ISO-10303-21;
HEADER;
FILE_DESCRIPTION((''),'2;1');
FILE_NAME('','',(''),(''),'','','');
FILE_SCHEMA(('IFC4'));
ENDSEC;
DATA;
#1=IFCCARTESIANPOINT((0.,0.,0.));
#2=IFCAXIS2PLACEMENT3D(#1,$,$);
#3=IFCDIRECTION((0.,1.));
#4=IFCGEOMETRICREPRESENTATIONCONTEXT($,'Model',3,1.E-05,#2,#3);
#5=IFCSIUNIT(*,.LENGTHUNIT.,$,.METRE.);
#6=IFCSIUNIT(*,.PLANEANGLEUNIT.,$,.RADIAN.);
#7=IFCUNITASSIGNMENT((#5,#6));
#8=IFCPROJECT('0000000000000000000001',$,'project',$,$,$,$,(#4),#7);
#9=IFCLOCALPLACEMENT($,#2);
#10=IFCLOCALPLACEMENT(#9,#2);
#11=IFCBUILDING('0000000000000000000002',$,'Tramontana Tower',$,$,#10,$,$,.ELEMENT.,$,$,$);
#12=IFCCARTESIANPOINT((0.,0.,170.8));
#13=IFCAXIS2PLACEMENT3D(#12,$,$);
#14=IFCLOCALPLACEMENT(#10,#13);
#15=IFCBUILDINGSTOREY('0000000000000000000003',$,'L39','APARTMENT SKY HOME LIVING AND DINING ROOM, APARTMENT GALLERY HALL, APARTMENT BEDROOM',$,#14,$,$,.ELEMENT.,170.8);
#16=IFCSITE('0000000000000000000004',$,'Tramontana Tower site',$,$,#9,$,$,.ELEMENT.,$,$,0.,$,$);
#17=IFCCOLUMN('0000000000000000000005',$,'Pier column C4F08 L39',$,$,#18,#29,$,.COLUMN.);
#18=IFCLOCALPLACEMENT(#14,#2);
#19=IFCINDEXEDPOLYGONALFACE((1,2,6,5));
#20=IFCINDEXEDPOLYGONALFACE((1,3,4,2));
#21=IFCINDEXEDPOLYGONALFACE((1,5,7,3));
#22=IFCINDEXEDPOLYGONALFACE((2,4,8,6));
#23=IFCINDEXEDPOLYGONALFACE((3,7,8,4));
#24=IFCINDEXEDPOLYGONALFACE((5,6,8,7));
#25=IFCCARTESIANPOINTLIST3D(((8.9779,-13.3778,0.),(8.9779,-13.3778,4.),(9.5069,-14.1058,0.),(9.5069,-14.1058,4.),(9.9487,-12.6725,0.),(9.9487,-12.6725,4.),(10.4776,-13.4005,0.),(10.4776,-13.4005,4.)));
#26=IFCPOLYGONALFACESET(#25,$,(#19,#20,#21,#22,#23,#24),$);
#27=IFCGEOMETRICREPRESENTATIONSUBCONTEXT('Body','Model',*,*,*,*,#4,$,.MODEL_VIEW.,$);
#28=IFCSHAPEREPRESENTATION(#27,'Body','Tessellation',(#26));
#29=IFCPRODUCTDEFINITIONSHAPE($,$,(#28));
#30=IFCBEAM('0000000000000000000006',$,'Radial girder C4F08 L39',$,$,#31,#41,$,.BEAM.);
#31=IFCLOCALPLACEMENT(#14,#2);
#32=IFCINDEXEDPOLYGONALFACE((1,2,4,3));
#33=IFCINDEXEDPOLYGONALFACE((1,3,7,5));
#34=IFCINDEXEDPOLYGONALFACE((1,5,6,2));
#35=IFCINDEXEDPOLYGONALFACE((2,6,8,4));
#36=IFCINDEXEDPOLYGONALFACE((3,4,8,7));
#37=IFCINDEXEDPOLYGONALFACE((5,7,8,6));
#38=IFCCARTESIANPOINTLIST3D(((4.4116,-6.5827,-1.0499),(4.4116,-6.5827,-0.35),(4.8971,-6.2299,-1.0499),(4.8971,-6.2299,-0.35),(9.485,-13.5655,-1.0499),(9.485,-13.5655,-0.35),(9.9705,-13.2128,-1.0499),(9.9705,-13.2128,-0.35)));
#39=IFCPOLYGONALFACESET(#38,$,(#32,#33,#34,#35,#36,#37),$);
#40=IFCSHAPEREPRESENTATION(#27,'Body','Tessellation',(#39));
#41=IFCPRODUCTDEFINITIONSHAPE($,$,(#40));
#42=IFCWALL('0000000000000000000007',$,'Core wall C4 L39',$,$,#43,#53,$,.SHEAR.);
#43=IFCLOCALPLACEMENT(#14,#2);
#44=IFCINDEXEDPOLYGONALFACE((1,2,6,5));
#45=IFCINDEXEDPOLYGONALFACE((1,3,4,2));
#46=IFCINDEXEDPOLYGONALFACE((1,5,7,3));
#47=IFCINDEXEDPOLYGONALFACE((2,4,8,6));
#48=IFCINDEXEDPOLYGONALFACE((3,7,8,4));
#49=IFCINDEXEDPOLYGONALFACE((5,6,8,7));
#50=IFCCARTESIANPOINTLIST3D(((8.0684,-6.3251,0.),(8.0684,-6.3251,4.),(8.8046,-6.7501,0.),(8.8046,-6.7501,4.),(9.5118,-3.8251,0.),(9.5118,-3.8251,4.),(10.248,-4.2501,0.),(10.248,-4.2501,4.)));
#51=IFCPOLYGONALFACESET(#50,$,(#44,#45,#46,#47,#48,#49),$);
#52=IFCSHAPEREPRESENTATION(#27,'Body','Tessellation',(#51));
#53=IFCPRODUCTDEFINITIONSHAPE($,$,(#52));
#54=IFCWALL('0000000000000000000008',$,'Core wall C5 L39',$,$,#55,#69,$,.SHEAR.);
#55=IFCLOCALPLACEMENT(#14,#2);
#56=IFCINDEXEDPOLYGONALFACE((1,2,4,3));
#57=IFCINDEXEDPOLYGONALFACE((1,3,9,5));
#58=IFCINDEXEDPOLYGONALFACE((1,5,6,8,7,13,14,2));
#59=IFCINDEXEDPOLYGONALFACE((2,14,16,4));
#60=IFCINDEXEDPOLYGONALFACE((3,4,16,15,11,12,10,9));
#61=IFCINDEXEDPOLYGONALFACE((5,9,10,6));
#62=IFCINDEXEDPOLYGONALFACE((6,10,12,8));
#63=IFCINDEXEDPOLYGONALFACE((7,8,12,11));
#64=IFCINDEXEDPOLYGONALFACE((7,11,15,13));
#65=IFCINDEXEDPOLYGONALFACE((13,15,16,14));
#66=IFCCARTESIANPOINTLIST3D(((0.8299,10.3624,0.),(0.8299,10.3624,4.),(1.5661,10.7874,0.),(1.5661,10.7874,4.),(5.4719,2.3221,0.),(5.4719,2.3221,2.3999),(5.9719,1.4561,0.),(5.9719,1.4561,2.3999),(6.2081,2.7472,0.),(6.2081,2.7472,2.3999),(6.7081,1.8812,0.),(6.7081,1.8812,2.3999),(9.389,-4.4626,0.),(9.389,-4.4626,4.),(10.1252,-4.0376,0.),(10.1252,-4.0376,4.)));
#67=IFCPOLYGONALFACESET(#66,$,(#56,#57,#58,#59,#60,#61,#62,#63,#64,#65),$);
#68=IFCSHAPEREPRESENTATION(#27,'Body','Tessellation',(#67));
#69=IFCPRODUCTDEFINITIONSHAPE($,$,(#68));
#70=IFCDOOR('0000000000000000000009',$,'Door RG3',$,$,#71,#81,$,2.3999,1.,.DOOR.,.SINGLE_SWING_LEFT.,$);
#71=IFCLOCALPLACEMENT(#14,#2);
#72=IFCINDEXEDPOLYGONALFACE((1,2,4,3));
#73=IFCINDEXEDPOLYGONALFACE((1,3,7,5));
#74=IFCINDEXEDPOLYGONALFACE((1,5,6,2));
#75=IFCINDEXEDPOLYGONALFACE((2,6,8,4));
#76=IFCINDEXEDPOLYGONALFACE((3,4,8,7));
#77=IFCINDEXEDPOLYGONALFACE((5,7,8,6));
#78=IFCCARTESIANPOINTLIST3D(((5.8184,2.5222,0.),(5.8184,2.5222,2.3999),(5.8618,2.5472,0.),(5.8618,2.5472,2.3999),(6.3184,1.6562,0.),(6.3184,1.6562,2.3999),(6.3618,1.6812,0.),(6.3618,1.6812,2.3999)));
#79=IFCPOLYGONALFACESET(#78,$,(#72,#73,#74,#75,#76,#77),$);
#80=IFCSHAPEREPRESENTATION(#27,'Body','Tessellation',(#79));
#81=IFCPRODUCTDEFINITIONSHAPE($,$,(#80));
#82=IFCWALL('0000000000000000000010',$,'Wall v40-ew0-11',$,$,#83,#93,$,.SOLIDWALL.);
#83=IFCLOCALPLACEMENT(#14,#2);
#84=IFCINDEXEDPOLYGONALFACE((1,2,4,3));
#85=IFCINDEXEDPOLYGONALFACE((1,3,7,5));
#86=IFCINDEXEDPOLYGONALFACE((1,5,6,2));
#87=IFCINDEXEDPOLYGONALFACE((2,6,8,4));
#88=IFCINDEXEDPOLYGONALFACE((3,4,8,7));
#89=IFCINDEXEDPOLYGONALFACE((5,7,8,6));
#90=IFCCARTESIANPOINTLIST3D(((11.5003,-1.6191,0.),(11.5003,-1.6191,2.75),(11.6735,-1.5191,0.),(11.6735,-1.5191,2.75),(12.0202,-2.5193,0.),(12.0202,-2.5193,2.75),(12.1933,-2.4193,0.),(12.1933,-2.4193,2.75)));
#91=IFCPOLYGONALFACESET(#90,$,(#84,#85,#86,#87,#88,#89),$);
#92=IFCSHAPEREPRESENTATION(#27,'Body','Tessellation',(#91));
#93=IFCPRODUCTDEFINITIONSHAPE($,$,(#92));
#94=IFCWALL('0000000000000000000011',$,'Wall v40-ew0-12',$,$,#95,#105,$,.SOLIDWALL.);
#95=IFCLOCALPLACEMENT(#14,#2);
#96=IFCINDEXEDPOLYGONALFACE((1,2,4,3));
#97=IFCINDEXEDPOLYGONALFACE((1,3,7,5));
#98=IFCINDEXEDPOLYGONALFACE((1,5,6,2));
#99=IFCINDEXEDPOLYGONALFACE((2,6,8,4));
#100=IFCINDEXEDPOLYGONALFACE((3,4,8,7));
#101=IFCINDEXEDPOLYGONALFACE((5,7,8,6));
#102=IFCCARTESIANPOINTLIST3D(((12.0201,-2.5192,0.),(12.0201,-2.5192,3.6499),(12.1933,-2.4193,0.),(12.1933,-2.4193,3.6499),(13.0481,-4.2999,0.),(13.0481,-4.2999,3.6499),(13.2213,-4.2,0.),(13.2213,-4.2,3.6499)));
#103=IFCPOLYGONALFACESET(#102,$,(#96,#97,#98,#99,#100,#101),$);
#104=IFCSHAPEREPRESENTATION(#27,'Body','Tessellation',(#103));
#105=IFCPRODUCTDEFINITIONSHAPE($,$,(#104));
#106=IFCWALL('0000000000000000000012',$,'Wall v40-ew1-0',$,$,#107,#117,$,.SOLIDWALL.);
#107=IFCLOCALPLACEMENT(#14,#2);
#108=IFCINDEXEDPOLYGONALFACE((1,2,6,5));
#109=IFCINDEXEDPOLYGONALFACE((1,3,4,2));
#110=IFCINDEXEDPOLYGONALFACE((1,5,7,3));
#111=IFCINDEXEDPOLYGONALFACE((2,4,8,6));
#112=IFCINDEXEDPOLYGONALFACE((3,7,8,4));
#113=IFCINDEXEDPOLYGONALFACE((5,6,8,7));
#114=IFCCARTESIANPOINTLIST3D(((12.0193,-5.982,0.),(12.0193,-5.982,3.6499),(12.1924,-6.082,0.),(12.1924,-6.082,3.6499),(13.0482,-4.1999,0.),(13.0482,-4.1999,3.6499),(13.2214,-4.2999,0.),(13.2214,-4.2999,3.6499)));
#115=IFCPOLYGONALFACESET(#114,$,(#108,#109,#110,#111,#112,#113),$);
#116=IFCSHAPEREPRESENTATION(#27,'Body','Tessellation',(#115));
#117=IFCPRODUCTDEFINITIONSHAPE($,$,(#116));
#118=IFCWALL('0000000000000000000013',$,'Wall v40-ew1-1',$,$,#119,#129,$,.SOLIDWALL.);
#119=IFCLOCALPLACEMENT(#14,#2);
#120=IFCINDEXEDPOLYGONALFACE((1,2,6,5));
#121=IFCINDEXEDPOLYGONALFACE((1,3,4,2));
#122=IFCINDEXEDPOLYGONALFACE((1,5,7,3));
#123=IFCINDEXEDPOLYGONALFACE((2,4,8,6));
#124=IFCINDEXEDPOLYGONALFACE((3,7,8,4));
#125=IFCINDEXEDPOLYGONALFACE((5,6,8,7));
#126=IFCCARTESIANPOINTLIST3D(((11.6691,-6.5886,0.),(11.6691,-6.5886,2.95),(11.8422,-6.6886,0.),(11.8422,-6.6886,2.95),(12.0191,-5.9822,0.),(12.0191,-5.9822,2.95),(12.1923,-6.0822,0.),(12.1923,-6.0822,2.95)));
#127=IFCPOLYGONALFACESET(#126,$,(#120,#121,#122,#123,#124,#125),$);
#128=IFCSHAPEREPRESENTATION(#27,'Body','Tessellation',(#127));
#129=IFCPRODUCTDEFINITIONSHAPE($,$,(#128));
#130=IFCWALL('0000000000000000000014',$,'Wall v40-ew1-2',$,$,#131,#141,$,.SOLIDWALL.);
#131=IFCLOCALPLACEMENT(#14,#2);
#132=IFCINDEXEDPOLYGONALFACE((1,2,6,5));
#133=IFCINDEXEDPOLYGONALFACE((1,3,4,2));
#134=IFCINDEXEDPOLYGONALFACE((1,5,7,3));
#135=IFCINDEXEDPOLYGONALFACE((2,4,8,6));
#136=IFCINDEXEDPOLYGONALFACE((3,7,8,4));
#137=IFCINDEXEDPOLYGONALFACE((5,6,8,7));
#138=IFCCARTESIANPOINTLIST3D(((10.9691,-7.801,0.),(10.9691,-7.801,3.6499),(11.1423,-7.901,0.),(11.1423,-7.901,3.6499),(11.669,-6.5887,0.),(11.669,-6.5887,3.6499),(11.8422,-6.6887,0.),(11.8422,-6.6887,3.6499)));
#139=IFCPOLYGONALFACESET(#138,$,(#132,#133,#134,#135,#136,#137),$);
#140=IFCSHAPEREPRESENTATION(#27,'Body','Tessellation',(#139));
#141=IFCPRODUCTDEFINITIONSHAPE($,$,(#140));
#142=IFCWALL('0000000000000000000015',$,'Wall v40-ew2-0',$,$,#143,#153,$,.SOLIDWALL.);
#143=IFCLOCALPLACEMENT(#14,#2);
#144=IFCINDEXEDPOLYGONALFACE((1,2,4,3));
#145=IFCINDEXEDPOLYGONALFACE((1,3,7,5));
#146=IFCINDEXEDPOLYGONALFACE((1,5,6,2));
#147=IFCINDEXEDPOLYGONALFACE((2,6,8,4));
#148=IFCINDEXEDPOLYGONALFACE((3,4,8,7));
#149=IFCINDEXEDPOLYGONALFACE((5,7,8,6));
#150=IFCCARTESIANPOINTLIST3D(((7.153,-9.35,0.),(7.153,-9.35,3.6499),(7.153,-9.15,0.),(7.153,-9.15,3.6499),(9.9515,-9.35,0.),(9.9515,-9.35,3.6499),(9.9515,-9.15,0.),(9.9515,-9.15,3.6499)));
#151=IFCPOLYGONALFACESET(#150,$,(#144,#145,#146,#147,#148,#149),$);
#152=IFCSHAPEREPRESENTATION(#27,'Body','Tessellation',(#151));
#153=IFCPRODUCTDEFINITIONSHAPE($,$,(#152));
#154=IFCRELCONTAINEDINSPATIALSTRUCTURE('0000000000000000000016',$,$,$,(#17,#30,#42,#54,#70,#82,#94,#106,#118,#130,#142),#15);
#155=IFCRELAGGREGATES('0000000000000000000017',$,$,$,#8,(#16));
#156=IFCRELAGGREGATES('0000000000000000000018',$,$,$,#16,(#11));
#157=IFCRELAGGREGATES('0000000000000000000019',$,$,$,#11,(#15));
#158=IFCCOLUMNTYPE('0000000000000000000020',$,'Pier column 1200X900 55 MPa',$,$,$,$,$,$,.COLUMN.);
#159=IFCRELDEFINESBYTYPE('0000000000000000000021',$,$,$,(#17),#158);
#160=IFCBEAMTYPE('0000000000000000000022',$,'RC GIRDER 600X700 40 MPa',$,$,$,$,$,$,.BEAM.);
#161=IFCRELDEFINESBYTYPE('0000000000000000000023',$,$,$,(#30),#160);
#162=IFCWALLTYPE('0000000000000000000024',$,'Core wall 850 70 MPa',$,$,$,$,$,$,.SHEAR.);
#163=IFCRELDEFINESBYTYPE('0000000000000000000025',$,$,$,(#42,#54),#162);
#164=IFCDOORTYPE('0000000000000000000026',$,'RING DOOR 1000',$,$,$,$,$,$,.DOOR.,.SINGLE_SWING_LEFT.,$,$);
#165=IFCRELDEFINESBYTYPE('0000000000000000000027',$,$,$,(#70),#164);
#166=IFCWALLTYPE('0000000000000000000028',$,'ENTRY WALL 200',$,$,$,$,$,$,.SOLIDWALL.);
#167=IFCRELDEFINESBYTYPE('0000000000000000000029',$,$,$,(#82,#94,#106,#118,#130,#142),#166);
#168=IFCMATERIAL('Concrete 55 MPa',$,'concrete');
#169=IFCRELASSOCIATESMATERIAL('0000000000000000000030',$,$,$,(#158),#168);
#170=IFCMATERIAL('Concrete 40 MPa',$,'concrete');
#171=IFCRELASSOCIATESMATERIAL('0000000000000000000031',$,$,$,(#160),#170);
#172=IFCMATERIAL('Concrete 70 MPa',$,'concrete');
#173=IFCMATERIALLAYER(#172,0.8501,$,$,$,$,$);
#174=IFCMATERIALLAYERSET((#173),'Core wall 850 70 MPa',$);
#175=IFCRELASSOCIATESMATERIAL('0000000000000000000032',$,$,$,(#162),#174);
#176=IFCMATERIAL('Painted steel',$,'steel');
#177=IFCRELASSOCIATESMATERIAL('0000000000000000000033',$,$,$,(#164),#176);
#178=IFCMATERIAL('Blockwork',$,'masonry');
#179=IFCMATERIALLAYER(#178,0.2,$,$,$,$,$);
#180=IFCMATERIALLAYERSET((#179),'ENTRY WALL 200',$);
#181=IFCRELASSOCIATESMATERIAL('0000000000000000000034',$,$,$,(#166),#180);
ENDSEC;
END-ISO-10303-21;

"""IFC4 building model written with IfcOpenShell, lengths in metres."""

from ifc_helpers import new_model, si_unit, direction, frame, frame_2d, origin, origin_2d, place, context, subcontext, project, spatial, rectangle, extrude, material, layer, layer_set, material_profile, profile_set, type_object, element, fill, save


model = new_model("IFC4")

# Units and contexts
model_context = context("Model", 3, precision=1e-05, world=origin(), true_north=direction((0.0, 1.0)))
body_context = subcontext(model_context, "Body", "Model", "MODEL_VIEW")
ifc_project = project(units=[si_unit("LENGTHUNIT", "METRE"), si_unit("PLANEANGLEUNIT", "RADIAN")], contexts=[model_context])

# Site, building, storey
site_placement = place(None, origin())
site = spatial("IfcSite", under=ifc_project, at=site_placement, Name="Tramontana Tower site", CompositionType="ELEMENT", RefElevation=0.0)
building_placement = place(site_placement, origin())
building = spatial("IfcBuilding", under=site, at=building_placement, Name="Tramontana Tower", CompositionType="ELEMENT")
storey_placement = place(building_placement, frame((0.0, 0.0, 170.8)))
storey = spatial("IfcBuildingStorey", under=building, at=storey_placement, Name="L39", Description="APARTMENT SKY HOME LIVING AND DINING ROOM, APARTMENT GALLERY HALL, APARTMENT BEDROOM", CompositionType="ELEMENT", Elevation=170.8)

# Column
ifc_material_1 = material(Name="Concrete 55 MPa", Category="concrete")
ifc_material_profile_1 = material_profile(ifc_material_1, rectangle(XDim=1.2, YDim=0.8999, at=origin_2d()), Name="Pier column 1200X900 55 MPa")
ifc_profile_set_1 = profile_set([ifc_material_profile_1], Name="Concrete 55 MPa")
column_type = type_object("IfcColumnType", Name="Pier column 1200X900 55 MPa", PredefinedType="COLUMN", material=ifc_profile_set_1)
column_placement = place(storey_placement, frame((9.7278, -13.3892, 0.0), z_axis=(0.0, 0.0, 1.0), x_axis=(0.809017, 0.587785, 0.0)))
element("IfcColumn", 1, at=column_placement, inside=storey, type_object=column_type, Name="Pier column C4F08 L39", PredefinedType="COLUMN", context=body_context, shape_type="SweptSolid", body=[
    extrude(rectangle(XDim=1.2, YDim=0.8999, at=origin_2d()), origin(), (0.0, 0.0, 1.0), 4.0),
])

# Beam
ifc_material_2 = material(Name="Concrete 40 MPa", Category="concrete")
ifc_material_profile_2 = material_profile(ifc_material_2, rectangle(XDim=0.6001, YDim=0.7, at=origin_2d()), Name="RC GIRDER 600X700 40 MPa")
ifc_profile_set_2 = profile_set([ifc_material_profile_2], Name="Concrete 40 MPa")
beam_type = type_object("IfcBeamType", Name="RC GIRDER 600X700 40 MPa", PredefinedType="BEAM", material=ifc_profile_set_2)
beam_placement = place(storey_placement, frame((9.7278, -13.3892, -0.7), z_axis=(-0.587793, 0.809011, 0.0), x_axis=(-0.809011, -0.587793, 0.0)))
element("IfcBeam", 2, at=beam_placement, inside=storey, type_object=beam_type, Name="Radial girder C4F08 L39", PredefinedType="BEAM", context=body_context, shape_type="SweptSolid", body=[
    extrude(rectangle(XDim=0.6001, YDim=0.7, at=origin_2d()), origin(), (0.0, 0.0, 1.0), 8.6313),
])

# Wall
ifc_material_3 = material(Name="Concrete 70 MPa", Category="concrete")
ifc_layer_1 = layer(ifc_material_3, 0.8501)
ifc_layer_set_1 = layer_set([ifc_layer_1], Name="Core wall 850 70 MPa")
wall_type_1 = type_object("IfcWallType", Name="Core wall 850 70 MPa", PredefinedType="SHEAR", material=ifc_layer_set_1)
wall_1_placement = place(storey_placement, frame((8.4365, -6.5376, 0.0), z_axis=(0.0, 0.0, 1.0), x_axis=(0.499996, 0.866028, 0.0)))
element("IfcWall", 3, at=wall_1_placement, inside=storey, type_object=wall_type_1, Name="Core wall C4 L39", PredefinedType="SHEAR", context=body_context, shape_type="SweptSolid", body=[
    extrude(rectangle(XDim=2.8867, YDim=0.8501, at=frame_2d((1.4434, 0.0))), origin(), (0.0, 0.0, 1.0), 4.0),
])

# Wall, opening, door
wall_2_placement = place(storey_placement, frame((9.7571, -4.25, 0.0), z_axis=(0.0, 0.0, 1.0), x_axis=(-0.499995, 0.866028, 0.0)))
wall_2 = element("IfcWall", 4, at=wall_2_placement, inside=storey, type_object=wall_type_1, Name="Core wall C5 L39", PredefinedType="SHEAR", context=body_context, shape_type="SweptSolid", body=[
    extrude(rectangle(XDim=17.1184, YDim=0.8501, at=frame_2d((8.5591, 0.0))), origin(), (0.0, 0.0, 1.0), 4.0),
])
opening_1_placement = place(wall_2_placement, frame((6.8342, 0.0, 0.0)))
opening_1 = element("IfcOpeningElement", 5, at=opening_1_placement, cuts=wall_2, PredefinedType="OPENING", context=body_context, shape_type="SweptSolid", body=[
    extrude(rectangle(XDim=1.0, YDim=2.3999, at=frame_2d((0.5, 1.2))), frame((0.0, 0.4351, 0.0), z_axis=(0.0, -1.0, 0.0), x_axis=(1.0, 0.0, 0.0)), (0.0, 0.0, 1.0), 0.8701),
])
ifc_material_4 = material(Name="Painted steel", Category="steel")
door_type_1 = type_object("IfcDoorType", Name="RING DOOR 1000", OperationType="SINGLE_SWING_LEFT", PredefinedType="DOOR", material=ifc_material_4)
door_1_placement = place(opening_1_placement, origin())
door_1 = element("IfcDoor", 6, at=door_1_placement, inside=storey, type_object=door_type_1, Name="Door RG3", OperationType="SINGLE_SWING_LEFT", OverallHeight=2.3999, OverallWidth=1.0, PredefinedType="DOOR", context=body_context, shape_type="SweptSolid", body=[
    extrude(rectangle(XDim=1.0, YDim=2.3999, at=frame_2d((0.5, 1.2))), frame((0.0, 0.0249, 0.0), z_axis=(0.0, -1.0, 0.0), x_axis=(1.0, 0.0, 0.0)), (0.0, 0.0, 1.0), 0.05),
])
fill(opening_1, door_1)

# Walls
ifc_material_5 = material(Name="Blockwork", Category="masonry")
ifc_layer_2 = layer(ifc_material_5, 0.2)
ifc_layer_set_2 = layer_set([ifc_layer_2], Name="ENTRY WALL 200")
wall_type_2 = type_object("IfcWallType", Name="ENTRY WALL 200", PredefinedType="SOLIDWALL", material=ifc_layer_set_2)
wall_3_placement = place(storey_placement, frame((11.5869, -1.5691, 0.0), z_axis=(0.0, 0.0, 1.0), x_axis=(0.500055, -0.865994, 0.0)))
element("IfcWall", 7, at=wall_3_placement, inside=storey, type_object=wall_type_2, Name="Wall v40-ew0-11", PredefinedType="SOLIDWALL", context=body_context, shape_type="SweptSolid", body=[
    extrude(rectangle(XDim=1.0396, YDim=0.2, at=frame_2d((0.5198, 0.0))), origin(), (0.0, 0.0, 1.0), 2.75),
])
wall_4_placement = place(storey_placement, frame((12.1067, -2.4692, 0.0), z_axis=(0.0, 0.0, 1.0), x_axis=(0.499983, -0.866035, 0.0)))
element("IfcWall", 8, at=wall_4_placement, inside=storey, type_object=wall_type_2, Name="Wall v40-ew0-12", PredefinedType="SOLIDWALL", context=body_context, shape_type="SweptSolid", body=[
    extrude(rectangle(XDim=2.0562, YDim=0.2, at=frame_2d((1.0281, 0.0))), origin(), (0.0, 0.0, 1.0), 3.6499),
])
wall_5_placement = place(storey_placement, frame((13.1348, -4.25, 0.0), z_axis=(0.0, 0.0, 1.0), x_axis=(-0.500031, -0.866008, 0.0)))
element("IfcWall", 9, at=wall_5_placement, inside=storey, type_object=wall_type_2, Name="Wall v40-ew1-0", PredefinedType="SOLIDWALL", context=body_context, shape_type="SweptSolid", body=[
    extrude(rectangle(XDim=2.0579, YDim=0.2, at=frame_2d((1.0288, 0.0))), origin(), (0.0, 0.0, 1.0), 3.6499),
])
wall_6_placement = place(storey_placement, frame((12.1057, -6.0322, 0.0), z_axis=(0.0, 0.0, 1.0), x_axis=(-0.499964, -0.866046, 0.0)))
element("IfcWall", 10, at=wall_6_placement, inside=storey, type_object=wall_type_2, Name="Wall v40-ew1-1", PredefinedType="SOLIDWALL", context=body_context, shape_type="SweptSolid", body=[
    extrude(rectangle(XDim=0.7002, YDim=0.2, at=frame_2d((0.3501, 0.0))), origin(), (0.0, 0.0, 1.0), 2.95),
])
wall_7_placement = place(storey_placement, frame((11.7556, -6.6387, 0.0), z_axis=(0.0, 0.0, 1.0), x_axis=(-0.499984, -0.866035, 0.0)))
element("IfcWall", 11, at=wall_7_placement, inside=storey, type_object=wall_type_2, Name="Wall v40-ew1-2", PredefinedType="SOLIDWALL", context=body_context, shape_type="SweptSolid", body=[
    extrude(rectangle(XDim=1.3999, YDim=0.2, at=frame_2d((0.7, 0.0))), origin(), (0.0, 0.0, 1.0), 3.6499),
])
wall_8_placement = place(storey_placement, frame((9.9517, -9.25, 0.0), z_axis=(0.0, 0.0, 1.0), x_axis=(-1.0, 0.0, 0.0)))
element("IfcWall", 12, at=wall_8_placement, inside=storey, type_object=wall_type_2, Name="Wall v40-ew2-0", PredefinedType="SOLIDWALL", context=body_context, shape_type="SweptSolid", body=[
    extrude(rectangle(XDim=2.7986, YDim=0.2, at=frame_2d((1.3994, 0.0))), origin(), (0.0, 0.0, 1.0), 3.6499),
])

save(model, "model.ifc")
